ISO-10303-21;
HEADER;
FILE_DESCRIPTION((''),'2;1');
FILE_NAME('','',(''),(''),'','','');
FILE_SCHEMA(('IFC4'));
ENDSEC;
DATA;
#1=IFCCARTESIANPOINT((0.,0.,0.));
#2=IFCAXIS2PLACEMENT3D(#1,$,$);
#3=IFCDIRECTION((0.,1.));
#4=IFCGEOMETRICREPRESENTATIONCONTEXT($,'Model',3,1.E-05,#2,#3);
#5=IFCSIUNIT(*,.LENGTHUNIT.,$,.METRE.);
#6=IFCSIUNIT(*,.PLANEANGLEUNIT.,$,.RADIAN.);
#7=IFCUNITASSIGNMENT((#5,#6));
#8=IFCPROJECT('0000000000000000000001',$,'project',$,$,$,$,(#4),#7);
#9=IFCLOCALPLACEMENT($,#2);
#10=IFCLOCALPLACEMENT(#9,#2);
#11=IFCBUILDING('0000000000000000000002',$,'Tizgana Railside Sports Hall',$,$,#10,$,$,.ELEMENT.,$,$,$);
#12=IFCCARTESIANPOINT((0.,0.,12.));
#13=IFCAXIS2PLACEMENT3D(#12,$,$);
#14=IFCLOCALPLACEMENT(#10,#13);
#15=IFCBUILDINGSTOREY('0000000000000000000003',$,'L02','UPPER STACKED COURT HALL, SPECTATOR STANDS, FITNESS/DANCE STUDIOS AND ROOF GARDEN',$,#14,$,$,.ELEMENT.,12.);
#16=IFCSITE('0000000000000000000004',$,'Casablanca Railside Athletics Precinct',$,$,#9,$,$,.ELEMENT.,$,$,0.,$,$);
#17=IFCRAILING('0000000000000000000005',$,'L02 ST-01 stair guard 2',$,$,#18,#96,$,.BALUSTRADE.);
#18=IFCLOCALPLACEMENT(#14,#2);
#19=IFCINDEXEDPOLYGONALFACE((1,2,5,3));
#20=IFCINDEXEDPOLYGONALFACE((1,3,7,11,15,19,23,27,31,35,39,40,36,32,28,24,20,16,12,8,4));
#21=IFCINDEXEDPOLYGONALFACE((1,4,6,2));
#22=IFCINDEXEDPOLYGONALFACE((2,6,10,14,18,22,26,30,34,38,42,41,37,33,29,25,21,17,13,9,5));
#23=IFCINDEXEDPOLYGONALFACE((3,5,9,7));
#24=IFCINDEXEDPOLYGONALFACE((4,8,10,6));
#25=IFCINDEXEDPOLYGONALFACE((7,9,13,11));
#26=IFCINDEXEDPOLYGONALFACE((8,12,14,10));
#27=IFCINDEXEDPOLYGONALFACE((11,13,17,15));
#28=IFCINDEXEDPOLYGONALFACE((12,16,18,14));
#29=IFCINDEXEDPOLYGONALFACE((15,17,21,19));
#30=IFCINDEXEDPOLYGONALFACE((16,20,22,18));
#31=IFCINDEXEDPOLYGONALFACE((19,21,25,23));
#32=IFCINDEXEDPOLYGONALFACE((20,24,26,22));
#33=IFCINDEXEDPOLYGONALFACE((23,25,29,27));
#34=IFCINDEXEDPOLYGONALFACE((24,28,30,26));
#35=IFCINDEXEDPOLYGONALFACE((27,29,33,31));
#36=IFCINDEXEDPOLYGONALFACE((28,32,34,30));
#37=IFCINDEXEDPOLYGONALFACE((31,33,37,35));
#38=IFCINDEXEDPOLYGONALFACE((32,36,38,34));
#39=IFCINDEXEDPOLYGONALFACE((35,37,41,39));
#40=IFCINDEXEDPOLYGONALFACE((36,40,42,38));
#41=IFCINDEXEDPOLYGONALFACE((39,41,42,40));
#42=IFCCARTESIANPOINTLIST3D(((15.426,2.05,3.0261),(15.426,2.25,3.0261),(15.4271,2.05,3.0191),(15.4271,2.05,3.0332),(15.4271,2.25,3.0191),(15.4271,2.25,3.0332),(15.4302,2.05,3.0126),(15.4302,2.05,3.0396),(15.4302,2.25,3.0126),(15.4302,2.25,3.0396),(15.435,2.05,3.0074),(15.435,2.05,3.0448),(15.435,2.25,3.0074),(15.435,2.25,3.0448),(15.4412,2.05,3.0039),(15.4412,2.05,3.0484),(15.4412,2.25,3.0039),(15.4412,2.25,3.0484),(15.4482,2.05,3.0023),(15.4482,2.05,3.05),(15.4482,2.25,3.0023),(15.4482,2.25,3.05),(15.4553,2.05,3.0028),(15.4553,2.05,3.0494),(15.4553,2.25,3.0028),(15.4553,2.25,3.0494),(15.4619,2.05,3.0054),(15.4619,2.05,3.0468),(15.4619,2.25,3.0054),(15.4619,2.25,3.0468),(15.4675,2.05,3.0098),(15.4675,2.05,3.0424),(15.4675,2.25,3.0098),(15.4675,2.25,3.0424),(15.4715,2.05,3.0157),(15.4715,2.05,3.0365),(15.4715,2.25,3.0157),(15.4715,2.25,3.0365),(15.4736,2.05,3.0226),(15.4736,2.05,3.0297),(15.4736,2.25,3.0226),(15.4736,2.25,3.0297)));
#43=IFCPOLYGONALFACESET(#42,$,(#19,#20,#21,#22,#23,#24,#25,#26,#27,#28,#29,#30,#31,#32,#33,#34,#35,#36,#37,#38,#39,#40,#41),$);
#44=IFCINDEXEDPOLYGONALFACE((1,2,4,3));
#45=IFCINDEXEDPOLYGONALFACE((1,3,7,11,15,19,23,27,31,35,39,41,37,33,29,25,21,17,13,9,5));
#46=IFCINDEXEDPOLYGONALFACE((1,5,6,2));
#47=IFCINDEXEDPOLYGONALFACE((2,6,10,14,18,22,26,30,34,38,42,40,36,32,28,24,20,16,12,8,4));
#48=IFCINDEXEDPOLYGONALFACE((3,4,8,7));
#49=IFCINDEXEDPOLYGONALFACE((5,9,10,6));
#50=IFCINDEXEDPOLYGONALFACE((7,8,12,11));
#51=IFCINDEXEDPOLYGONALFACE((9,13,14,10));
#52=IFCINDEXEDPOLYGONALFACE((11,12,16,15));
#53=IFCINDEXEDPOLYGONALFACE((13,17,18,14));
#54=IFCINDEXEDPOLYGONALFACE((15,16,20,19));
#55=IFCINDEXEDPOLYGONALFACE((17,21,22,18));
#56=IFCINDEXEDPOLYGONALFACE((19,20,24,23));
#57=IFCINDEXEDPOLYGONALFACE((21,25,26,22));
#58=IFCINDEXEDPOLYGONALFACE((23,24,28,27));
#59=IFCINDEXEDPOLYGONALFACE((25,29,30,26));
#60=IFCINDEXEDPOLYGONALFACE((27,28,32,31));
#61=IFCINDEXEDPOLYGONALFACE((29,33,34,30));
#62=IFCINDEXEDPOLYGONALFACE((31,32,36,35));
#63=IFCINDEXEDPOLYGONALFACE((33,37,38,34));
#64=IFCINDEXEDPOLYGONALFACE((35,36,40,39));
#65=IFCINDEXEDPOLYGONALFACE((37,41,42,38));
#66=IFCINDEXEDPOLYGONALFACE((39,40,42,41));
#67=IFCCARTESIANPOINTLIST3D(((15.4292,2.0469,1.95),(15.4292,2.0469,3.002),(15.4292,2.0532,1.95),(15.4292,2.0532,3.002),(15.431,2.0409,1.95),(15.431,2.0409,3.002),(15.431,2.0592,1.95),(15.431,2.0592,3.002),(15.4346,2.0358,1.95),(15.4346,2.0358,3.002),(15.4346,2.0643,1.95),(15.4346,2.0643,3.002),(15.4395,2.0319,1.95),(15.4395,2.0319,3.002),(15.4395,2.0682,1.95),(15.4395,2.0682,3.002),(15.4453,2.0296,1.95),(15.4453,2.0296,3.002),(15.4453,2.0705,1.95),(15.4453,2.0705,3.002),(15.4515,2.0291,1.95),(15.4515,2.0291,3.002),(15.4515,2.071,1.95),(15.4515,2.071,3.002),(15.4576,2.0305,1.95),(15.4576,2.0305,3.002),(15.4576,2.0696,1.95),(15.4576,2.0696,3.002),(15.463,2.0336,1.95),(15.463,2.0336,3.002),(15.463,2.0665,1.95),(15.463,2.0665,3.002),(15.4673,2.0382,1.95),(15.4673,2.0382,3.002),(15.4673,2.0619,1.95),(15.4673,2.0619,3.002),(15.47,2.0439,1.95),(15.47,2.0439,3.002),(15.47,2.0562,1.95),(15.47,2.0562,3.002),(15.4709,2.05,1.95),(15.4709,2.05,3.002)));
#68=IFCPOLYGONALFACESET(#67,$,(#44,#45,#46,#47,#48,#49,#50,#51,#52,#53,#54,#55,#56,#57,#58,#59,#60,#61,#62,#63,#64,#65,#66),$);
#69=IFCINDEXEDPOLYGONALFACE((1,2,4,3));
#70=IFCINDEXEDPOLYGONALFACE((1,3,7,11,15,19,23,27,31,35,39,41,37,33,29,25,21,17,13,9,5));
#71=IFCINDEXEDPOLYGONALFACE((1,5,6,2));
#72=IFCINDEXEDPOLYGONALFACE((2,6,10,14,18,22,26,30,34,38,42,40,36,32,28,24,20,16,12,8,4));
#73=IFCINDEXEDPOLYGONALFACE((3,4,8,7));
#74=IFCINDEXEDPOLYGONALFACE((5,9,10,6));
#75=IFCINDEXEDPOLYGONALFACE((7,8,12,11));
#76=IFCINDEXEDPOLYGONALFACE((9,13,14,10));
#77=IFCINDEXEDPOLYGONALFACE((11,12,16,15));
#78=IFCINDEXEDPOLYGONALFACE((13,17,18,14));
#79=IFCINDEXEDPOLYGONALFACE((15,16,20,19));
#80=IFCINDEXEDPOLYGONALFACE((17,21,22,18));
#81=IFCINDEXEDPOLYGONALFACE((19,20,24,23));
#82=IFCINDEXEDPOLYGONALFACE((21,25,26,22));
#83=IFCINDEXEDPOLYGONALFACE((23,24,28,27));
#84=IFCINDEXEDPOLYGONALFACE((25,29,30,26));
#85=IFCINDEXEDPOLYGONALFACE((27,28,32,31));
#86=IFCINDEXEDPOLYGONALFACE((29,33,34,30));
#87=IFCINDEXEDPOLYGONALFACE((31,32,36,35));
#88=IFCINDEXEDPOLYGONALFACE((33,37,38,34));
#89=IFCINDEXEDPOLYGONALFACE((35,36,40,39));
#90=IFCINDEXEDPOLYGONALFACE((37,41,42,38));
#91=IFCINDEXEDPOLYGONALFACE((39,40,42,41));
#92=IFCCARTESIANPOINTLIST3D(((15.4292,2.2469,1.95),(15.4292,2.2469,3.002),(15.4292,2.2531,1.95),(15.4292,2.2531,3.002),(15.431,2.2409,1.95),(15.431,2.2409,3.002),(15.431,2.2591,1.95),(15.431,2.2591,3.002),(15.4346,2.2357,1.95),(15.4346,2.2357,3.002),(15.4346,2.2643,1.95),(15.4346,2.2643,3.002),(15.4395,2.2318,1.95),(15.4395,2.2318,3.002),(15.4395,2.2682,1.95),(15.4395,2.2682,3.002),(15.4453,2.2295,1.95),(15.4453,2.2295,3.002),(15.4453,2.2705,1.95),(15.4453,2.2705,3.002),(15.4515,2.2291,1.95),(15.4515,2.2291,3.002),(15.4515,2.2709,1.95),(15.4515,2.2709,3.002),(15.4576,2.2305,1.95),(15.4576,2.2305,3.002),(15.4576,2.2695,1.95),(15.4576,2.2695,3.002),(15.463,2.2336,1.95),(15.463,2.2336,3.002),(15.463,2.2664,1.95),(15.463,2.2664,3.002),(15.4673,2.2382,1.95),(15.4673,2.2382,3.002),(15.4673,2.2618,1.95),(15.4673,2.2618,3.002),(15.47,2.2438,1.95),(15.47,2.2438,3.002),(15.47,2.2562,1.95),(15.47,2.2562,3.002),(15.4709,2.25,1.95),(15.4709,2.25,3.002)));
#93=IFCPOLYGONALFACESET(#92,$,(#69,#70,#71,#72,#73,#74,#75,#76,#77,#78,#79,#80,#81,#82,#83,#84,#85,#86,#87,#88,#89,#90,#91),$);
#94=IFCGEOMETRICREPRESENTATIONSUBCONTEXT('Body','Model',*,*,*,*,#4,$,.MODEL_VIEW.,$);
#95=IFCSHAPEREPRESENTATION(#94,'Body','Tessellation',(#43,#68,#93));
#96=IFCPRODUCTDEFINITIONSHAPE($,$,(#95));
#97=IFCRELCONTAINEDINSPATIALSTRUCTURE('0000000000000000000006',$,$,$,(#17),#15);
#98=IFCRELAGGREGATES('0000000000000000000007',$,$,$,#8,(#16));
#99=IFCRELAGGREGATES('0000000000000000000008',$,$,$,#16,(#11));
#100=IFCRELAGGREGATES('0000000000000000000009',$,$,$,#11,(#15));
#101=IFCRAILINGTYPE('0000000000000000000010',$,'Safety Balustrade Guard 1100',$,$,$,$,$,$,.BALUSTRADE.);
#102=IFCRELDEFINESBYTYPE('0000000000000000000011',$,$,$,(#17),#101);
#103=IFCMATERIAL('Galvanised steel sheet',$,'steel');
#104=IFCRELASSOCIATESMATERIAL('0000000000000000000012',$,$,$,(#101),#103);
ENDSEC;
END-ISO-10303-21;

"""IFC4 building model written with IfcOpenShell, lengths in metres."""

from ifc_helpers import new_model, si_unit, direction, frame, origin, origin_2d, place, context, subcontext, project, spatial, circle, extrude, material, type_object, element, save


model = new_model("IFC4")

# Units and contexts
model_context = context("Model", 3, precision=1e-05, world=origin(), true_north=direction((0.0, 1.0)))
body_context = subcontext(model_context, "Body", "Model", "MODEL_VIEW")
ifc_project = project(units=[si_unit("LENGTHUNIT", "METRE"), si_unit("PLANEANGLEUNIT", "RADIAN")], contexts=[model_context])

# Site, building, storey
site_placement = place(None, origin())
site = spatial("IfcSite", under=ifc_project, at=site_placement, Name="Casablanca Railside Athletics Precinct", CompositionType="ELEMENT", RefElevation=0.0)
building_placement = place(site_placement, origin())
building = spatial("IfcBuilding", under=site, at=building_placement, Name="Tizgana Railside Sports Hall", CompositionType="ELEMENT")
storey_placement = place(building_placement, frame((0.0, 0.0, 12.0)))
storey = spatial("IfcBuildingStorey", under=building, at=storey_placement, Name="L02", Description="UPPER STACKED COURT HALL, SPECTATOR STANDS, FITNESS/DANCE STUDIOS AND ROOF GARDEN", CompositionType="ELEMENT", Elevation=12.0)

# Railing
ifc_material_1 = material(Name="Galvanised steel sheet", Category="steel")
railing_type_1 = type_object("IfcRailingType", Name="Safety Balustrade Guard 1100", PredefinedType="BALUSTRADE", material=ifc_material_1)
railing_1_placement = place(storey_placement, frame((15.45, 2.05, 1.95)))
element("IfcRailing", 1, at=railing_1_placement, inside=storey, type_object=railing_type_1, Name="L02 ST-01 stair guard 2", PredefinedType="BALUSTRADE", context=body_context, shape_type="SweptSolid", body=[
    extrude(circle(Radius=0.0239, at=origin_2d()), frame((0.0, 0.0, 1.0762), z_axis=(0.0, 1.0, 0.0), x_axis=(-1.0, 0.0, 0.0)), (0.0, 0.0, 1.0), 0.2),
    extrude(circle(Radius=0.021, at=origin_2d()), origin(), (0.0, 0.0, 1.0), 1.052),
    extrude(circle(Radius=0.021, at=origin_2d()), frame((0.0, 0.2, 0.0)), (0.0, 0.0, 1.0), 1.052),
])

save(model, "model.ifc")
